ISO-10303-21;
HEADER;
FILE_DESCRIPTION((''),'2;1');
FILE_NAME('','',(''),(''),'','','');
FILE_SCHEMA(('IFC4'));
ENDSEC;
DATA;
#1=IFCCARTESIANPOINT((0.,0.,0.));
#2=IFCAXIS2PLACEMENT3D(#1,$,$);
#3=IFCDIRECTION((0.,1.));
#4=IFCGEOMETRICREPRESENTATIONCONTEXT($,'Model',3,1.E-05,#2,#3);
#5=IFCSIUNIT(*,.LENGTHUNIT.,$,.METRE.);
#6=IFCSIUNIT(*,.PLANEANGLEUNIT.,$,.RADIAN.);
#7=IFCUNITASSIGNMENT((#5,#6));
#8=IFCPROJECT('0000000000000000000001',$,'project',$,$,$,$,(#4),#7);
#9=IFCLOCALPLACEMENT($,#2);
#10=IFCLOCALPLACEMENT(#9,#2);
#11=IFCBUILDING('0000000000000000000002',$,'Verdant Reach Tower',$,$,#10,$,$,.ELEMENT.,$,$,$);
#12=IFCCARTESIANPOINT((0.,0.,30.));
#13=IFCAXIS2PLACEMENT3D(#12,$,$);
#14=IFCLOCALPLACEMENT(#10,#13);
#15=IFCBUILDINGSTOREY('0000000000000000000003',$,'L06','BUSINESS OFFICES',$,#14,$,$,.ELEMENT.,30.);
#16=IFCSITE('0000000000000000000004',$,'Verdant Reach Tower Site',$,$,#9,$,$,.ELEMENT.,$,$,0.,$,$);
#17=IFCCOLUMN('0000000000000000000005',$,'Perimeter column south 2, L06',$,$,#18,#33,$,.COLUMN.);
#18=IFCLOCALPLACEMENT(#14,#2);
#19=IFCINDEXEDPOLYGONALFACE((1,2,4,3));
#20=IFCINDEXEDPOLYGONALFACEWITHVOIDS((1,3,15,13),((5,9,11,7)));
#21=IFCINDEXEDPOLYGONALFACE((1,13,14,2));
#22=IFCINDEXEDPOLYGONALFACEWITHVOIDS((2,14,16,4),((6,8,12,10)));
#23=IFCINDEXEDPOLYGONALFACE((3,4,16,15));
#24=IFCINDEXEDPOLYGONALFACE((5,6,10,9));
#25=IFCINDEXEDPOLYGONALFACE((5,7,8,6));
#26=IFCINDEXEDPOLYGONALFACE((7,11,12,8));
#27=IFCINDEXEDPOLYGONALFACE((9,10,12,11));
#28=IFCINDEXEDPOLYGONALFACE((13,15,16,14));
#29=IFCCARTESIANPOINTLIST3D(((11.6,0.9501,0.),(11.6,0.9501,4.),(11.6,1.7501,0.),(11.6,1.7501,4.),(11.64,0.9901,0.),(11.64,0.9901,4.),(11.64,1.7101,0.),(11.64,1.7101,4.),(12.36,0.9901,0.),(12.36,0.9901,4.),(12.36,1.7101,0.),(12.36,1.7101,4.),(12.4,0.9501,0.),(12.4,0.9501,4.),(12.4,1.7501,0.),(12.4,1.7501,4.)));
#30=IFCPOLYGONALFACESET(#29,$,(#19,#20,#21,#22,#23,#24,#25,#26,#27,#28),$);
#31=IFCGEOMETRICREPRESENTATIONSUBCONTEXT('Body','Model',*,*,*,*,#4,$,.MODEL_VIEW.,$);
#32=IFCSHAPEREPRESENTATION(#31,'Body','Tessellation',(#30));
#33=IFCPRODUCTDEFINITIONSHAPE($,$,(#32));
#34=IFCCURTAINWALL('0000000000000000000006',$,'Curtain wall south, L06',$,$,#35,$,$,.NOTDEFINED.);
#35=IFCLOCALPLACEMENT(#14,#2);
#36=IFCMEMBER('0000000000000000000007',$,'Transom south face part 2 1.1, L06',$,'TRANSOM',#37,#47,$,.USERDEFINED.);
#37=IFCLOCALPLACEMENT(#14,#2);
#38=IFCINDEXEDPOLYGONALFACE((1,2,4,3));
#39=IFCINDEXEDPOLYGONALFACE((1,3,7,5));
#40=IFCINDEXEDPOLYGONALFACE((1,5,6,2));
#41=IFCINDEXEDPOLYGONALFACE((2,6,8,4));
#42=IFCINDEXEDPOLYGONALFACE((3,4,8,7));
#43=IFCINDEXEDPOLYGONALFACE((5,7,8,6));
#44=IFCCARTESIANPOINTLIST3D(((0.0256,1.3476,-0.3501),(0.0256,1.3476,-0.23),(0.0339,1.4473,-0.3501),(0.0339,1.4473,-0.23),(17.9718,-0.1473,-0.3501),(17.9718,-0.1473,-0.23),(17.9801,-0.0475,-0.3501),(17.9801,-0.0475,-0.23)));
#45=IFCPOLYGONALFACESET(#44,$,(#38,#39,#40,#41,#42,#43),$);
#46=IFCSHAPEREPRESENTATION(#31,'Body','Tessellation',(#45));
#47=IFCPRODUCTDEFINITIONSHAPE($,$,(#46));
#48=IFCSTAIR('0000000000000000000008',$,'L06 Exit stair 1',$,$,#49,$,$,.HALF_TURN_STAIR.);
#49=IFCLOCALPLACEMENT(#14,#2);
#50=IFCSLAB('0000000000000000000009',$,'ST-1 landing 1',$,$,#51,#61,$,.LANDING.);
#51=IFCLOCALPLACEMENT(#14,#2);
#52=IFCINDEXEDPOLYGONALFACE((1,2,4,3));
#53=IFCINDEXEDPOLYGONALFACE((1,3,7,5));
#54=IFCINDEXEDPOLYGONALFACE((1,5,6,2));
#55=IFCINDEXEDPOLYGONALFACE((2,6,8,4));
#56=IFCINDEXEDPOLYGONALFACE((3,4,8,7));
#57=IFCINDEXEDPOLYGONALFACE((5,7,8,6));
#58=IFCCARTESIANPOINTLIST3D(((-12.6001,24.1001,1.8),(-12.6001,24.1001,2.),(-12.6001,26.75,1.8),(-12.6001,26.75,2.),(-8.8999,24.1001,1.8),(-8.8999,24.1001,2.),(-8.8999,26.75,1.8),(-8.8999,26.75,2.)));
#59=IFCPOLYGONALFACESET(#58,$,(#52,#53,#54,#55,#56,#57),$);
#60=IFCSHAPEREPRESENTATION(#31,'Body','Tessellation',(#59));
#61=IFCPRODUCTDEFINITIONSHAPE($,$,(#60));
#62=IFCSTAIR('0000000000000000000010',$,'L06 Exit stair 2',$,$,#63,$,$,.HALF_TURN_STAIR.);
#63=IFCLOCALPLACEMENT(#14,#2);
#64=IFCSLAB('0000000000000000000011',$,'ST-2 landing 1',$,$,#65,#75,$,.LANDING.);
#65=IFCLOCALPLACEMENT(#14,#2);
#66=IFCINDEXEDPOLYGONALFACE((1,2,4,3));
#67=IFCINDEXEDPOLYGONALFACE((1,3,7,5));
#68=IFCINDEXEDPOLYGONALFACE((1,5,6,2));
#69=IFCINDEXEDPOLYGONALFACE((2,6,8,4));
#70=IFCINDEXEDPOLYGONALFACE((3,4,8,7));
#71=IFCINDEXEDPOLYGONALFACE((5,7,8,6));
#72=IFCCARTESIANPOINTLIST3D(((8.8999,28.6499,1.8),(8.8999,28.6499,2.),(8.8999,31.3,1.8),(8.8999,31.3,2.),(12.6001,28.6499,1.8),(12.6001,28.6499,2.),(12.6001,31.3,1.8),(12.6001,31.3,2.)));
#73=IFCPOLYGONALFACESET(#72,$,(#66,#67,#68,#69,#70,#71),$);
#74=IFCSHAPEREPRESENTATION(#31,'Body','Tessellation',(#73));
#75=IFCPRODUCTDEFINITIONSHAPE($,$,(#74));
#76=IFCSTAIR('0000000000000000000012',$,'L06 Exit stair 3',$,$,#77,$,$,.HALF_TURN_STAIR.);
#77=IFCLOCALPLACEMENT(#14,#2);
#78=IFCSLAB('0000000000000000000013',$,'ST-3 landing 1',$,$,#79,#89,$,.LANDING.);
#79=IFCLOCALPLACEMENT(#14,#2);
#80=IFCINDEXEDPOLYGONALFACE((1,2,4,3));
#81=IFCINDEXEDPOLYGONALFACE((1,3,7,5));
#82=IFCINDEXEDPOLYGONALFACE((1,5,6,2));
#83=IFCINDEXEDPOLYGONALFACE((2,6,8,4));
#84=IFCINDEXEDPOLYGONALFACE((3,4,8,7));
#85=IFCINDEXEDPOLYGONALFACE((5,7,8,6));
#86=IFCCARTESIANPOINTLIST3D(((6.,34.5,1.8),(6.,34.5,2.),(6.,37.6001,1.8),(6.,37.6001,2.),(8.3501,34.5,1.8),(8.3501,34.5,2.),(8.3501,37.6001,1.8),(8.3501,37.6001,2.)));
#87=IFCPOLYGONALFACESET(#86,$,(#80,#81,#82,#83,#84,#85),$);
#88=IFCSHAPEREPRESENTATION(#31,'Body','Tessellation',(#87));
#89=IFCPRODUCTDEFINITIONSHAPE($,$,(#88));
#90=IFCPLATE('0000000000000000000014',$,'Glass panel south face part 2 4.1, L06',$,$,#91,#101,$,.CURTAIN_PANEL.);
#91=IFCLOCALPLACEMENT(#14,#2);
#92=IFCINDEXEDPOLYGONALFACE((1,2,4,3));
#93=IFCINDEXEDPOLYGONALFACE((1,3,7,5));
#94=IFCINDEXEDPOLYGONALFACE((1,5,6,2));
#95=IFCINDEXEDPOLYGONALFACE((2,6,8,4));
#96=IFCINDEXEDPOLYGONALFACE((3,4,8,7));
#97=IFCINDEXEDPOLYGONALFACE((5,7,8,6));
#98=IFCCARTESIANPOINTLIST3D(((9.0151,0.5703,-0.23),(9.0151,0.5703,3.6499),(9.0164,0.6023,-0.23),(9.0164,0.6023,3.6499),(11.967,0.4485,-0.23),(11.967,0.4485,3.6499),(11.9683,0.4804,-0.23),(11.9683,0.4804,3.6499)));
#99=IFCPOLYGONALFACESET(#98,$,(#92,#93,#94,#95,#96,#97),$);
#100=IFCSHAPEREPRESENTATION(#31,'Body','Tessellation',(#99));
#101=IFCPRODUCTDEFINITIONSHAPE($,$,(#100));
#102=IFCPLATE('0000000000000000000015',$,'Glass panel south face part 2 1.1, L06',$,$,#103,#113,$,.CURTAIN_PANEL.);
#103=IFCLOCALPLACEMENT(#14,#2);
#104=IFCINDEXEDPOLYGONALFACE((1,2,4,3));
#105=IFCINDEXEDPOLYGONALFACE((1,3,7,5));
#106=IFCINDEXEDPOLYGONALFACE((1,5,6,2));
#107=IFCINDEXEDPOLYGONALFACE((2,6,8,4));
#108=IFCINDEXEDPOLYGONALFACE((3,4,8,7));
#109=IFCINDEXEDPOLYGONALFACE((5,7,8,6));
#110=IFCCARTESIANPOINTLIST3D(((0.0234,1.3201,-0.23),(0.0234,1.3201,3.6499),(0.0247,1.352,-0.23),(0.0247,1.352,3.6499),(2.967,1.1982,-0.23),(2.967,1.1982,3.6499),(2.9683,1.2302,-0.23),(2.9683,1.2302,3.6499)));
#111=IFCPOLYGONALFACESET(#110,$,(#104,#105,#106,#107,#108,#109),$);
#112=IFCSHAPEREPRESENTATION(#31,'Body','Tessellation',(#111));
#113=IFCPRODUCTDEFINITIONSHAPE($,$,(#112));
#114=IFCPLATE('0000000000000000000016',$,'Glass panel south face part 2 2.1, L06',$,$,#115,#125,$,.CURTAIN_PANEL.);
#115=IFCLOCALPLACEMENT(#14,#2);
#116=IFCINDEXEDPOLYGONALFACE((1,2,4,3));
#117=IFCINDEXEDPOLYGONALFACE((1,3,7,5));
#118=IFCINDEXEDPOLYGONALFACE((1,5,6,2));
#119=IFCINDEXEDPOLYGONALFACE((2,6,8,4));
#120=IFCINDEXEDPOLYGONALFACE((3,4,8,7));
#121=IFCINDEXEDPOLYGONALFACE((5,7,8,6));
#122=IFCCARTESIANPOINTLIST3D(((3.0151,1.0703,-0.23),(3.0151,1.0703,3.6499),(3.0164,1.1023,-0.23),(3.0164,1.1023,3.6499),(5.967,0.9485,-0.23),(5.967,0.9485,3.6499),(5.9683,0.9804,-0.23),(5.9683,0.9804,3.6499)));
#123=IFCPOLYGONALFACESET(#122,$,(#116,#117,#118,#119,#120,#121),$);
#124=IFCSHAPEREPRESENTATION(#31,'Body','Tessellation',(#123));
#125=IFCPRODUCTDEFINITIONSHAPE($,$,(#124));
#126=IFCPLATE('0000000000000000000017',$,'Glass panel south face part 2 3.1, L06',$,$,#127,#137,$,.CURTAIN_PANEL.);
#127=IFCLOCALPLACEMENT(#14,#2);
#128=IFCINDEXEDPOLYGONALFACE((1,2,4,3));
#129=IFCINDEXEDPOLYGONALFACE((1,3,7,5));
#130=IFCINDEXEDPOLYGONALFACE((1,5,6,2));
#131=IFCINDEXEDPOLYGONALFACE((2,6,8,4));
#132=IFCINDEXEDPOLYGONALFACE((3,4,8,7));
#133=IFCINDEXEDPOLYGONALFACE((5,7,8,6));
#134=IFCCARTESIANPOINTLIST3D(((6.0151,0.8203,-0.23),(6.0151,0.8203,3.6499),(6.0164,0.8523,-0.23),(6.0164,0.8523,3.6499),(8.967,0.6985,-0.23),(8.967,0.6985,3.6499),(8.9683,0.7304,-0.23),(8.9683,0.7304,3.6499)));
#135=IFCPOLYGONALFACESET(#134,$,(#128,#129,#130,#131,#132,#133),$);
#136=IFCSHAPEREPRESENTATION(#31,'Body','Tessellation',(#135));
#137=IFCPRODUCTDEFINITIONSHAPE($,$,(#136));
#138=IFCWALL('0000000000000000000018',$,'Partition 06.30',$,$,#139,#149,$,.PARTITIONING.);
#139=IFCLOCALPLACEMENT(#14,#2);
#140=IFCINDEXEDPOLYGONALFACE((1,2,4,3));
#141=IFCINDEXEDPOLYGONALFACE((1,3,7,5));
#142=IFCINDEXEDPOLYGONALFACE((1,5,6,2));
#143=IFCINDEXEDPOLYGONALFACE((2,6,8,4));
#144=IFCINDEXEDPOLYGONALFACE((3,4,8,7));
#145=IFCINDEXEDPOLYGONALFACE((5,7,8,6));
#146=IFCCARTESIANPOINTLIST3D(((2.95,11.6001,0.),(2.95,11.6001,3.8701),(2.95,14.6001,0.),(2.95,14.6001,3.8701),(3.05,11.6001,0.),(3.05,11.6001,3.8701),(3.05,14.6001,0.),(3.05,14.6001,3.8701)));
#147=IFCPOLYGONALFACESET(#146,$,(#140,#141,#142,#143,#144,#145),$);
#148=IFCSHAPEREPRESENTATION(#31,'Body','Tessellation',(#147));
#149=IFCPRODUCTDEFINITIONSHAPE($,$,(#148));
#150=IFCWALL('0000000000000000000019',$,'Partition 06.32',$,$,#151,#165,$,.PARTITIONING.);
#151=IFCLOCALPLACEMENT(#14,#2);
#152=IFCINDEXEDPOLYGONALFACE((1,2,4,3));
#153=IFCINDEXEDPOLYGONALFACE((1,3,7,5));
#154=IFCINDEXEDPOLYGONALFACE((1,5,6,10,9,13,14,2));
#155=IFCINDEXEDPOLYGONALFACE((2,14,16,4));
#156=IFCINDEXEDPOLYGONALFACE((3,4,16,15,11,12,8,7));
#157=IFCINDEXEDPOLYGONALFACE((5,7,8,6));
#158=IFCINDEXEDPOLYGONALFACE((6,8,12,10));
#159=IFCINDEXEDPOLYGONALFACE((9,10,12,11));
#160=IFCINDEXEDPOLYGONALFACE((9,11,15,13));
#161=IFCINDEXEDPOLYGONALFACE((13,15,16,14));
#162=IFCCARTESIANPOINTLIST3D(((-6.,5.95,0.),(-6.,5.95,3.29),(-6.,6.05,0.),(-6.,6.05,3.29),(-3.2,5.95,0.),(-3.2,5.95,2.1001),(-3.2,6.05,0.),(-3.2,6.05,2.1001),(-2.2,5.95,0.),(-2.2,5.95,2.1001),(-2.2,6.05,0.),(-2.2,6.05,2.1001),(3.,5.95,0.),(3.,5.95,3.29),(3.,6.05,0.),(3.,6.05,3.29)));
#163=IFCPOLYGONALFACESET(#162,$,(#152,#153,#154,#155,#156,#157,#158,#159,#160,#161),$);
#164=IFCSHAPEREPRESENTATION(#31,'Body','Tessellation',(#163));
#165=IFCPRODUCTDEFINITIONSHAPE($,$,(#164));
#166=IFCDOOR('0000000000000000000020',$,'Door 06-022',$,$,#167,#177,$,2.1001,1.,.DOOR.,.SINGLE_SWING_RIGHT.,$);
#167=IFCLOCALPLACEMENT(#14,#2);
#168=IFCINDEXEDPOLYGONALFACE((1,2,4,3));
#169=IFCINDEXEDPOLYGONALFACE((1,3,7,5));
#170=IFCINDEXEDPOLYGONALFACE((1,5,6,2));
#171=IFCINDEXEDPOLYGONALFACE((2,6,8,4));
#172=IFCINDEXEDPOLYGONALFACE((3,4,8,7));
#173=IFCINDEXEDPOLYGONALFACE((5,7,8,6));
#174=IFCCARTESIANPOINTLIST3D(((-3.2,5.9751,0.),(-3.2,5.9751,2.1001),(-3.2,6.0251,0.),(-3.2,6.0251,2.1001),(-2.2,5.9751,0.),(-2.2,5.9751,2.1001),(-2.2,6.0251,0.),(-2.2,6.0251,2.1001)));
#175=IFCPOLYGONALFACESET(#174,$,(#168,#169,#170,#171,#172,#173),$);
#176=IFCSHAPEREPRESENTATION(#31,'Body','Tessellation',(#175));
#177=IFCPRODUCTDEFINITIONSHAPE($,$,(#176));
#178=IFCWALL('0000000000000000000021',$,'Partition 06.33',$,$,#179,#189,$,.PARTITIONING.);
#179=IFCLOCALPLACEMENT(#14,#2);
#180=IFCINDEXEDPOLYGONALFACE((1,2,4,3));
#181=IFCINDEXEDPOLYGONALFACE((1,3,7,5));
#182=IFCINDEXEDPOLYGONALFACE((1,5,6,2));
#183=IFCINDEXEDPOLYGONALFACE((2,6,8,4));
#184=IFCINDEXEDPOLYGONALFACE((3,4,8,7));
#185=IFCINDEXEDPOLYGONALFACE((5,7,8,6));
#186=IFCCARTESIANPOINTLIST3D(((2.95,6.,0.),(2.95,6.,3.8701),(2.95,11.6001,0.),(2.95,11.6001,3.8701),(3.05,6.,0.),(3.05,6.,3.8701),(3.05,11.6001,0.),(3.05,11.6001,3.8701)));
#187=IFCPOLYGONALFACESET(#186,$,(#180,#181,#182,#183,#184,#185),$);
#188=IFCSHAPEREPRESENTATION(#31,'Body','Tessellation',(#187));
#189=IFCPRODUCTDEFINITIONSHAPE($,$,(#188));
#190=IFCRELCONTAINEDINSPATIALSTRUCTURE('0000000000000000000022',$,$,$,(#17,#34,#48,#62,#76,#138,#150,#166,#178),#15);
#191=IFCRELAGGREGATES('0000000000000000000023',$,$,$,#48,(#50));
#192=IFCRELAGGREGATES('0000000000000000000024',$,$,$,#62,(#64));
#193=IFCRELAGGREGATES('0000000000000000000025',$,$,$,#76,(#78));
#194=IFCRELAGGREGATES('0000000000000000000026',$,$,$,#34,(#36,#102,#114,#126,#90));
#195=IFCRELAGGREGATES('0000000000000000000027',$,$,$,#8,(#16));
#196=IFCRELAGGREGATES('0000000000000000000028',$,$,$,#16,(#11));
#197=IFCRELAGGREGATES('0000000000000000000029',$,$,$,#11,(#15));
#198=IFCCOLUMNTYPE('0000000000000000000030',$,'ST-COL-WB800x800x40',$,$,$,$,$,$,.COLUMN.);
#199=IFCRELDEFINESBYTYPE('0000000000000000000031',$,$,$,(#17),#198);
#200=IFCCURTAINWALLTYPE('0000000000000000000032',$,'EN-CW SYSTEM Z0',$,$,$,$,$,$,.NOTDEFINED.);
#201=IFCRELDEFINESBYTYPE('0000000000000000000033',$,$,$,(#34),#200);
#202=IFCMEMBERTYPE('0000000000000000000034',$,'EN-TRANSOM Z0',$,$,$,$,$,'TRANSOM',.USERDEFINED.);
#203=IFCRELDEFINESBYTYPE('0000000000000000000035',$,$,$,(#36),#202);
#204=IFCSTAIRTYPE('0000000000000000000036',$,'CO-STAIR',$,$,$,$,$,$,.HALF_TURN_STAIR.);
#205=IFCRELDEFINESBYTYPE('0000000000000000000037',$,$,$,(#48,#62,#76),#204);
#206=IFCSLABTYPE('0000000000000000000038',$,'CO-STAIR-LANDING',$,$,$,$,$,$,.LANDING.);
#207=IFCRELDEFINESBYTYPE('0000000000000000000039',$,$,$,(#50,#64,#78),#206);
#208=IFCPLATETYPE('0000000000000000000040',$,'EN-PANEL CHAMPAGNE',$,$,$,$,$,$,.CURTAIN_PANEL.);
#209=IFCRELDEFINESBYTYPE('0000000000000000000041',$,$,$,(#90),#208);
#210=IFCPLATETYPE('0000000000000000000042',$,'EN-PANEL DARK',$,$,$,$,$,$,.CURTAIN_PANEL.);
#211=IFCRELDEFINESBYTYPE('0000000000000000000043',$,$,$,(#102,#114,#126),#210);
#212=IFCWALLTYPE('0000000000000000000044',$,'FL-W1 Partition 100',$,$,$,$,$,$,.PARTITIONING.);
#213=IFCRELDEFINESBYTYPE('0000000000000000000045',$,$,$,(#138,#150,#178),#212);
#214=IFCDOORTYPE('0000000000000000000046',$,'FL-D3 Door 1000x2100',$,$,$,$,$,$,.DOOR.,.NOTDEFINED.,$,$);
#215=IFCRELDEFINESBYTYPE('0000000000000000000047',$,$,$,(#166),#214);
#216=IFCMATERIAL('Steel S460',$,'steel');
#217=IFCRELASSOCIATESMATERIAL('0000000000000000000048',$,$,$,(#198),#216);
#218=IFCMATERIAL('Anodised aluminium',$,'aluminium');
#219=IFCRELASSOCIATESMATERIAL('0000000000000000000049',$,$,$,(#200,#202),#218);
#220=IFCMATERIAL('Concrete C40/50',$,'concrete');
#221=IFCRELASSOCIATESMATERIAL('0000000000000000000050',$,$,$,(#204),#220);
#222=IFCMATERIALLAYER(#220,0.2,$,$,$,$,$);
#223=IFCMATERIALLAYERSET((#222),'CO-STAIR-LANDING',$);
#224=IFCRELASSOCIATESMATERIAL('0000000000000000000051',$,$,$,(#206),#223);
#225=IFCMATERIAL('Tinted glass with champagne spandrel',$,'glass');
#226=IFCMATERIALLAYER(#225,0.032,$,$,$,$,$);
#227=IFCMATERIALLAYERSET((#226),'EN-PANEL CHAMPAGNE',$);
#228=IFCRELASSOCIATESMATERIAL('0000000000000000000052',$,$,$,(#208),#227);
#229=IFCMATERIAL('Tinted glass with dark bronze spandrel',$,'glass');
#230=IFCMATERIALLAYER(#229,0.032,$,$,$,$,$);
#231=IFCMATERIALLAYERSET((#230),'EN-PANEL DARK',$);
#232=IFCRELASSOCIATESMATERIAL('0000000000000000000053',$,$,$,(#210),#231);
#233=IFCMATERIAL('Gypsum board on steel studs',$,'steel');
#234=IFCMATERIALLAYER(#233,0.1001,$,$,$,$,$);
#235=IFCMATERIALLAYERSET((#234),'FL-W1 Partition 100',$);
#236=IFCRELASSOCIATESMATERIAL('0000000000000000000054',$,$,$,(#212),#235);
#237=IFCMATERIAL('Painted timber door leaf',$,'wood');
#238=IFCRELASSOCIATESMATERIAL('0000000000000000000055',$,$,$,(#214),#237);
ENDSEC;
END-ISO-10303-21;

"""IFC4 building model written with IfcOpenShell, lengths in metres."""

from ifc_helpers import new_model, si_unit, direction, frame, frame_2d, origin, origin_2d, place, context, subcontext, project, spatial, polyline, rectangle, hollow_rectangle, outline, extrude, material, layer, layer_set, material_profile, profile_set, type_object, element, fill, aggregate, save


model = new_model("IFC4")

# Units and contexts
model_context = context("Model", 3, precision=1e-05, world=origin(), true_north=direction((0.0, 1.0)))
body_context = subcontext(model_context, "Body", "Model", "MODEL_VIEW")
ifc_project = project(units=[si_unit("LENGTHUNIT", "METRE"), si_unit("PLANEANGLEUNIT", "RADIAN")], contexts=[model_context])

# Site, building, storey
site_placement = place(None, origin())
site = spatial("IfcSite", under=ifc_project, at=site_placement, Name="Verdant Reach Tower Site", CompositionType="ELEMENT", RefElevation=0.0)
building_placement = place(site_placement, origin())
building = spatial("IfcBuilding", under=site, at=building_placement, Name="Verdant Reach Tower", CompositionType="ELEMENT")
storey_placement = place(building_placement, frame((0.0, 0.0, 30.0)))
storey = spatial("IfcBuildingStorey", under=building, at=storey_placement, Name="L06", Description="BUSINESS OFFICES", CompositionType="ELEMENT", Elevation=30.0)

# Column
ifc_material_1 = material(Name="Steel S460", Category="steel")
ifc_material_profile_1 = material_profile(ifc_material_1, hollow_rectangle(XDim=0.8, YDim=0.8, WallThickness=0.04, at=origin_2d()), Name="WB 800x800x40")
ifc_profile_set_1 = profile_set([ifc_material_profile_1], Name="Steel S460")
column_type = type_object("IfcColumnType", Name="ST-COL-WB800x800x40", PredefinedType="COLUMN", material=ifc_profile_set_1)
column_placement = place(storey_placement, frame((12.0, 1.3501, 0.0), z_axis=(0.0, 0.0, 1.0), x_axis=(1.0, 0.0, 0.0)))
element("IfcColumn", 1, at=column_placement, inside=storey, type_object=column_type, Name="Perimeter column south 2, L06", PredefinedType="COLUMN", context=body_context, shape_type="SweptSolid", body=[
    extrude(hollow_rectangle(XDim=0.8, YDim=0.8, WallThickness=0.04, at=origin_2d()), origin(), (0.0, 0.0, 1.0), 4.0),
])

# Curtain wall, member
ifc_material_2 = material(Name="Anodised aluminium", Category="aluminium")
curtain_wall_type = type_object("IfcCurtainWallType", Name="EN-CW SYSTEM Z0", PredefinedType="NOTDEFINED", material=ifc_material_2)
curtain_wall_placement = place(storey_placement, origin())
curtain_wall = element("IfcCurtainWall", 2, at=curtain_wall_placement, inside=storey, type_object=curtain_wall_type, Name="Curtain wall south, L06", PredefinedType="NOTDEFINED")
ifc_material_profile_2 = material_profile(ifc_material_2, rectangle(XDim=0.1001, YDim=0.1201, at=origin_2d()), Name="Transom 120x100")
ifc_profile_set_2 = profile_set([ifc_material_profile_2], Name="Anodised aluminium")
member_type = type_object("IfcMemberType", Name="EN-TRANSOM Z0", ElementType="TRANSOM", PredefinedType="USERDEFINED", material=ifc_profile_set_2)
member_placement = place(storey_placement, frame((0.0298, 1.3975, -0.29), z_axis=(0.996549, -0.083011, 0.0), x_axis=(0.083011, 0.996549, 0.0)))
member = element("IfcMember", 3, at=member_placement, type_object=member_type, Name="Transom south face part 2 1.1, L06", ObjectType="TRANSOM", PredefinedType="USERDEFINED", context=body_context, shape_type="SweptSolid", body=[
    extrude(rectangle(XDim=0.1001, YDim=0.1201, at=origin_2d()), origin(), (0.0, 0.0, 1.0), 18.0083),
])

# Stairs, slabs
ifc_material_3 = material(Name="Concrete C40/50", Category="concrete")
stair_type = type_object("IfcStairType", Name="CO-STAIR", PredefinedType="HALF_TURN_STAIR", material=ifc_material_3)
stair_1_placement = place(storey_placement, origin())
stair_1 = element("IfcStair", 4, at=stair_1_placement, inside=storey, type_object=stair_type, Name="L06 Exit stair 1", PredefinedType="HALF_TURN_STAIR")
ifc_layer_1 = layer(ifc_material_3, 0.2)
ifc_layer_set_1 = layer_set([ifc_layer_1], Name="CO-STAIR-LANDING")
slab_type = type_object("IfcSlabType", Name="CO-STAIR-LANDING", PredefinedType="LANDING", material=ifc_layer_set_1)
slab_1_placement = place(storey_placement, frame((0.0, 0.0, 1.8)))
slab_1 = element("IfcSlab", 5, at=slab_1_placement, type_object=slab_type, Name="ST-1 landing 1", PredefinedType="LANDING", context=body_context, shape_type="SweptSolid", body=[
    extrude(outline(polyline([(-12.6001, 26.75), (-12.6001, 24.1001), (-8.8999, 24.1001), (-8.8999, 26.75), (-12.6001, 26.75)])), origin(), (0.0, 0.0, 1.0), 0.2),
])
aggregate(stair_1, [slab_1])
stair_2_placement = place(storey_placement, origin())
stair_2 = element("IfcStair", 6, at=stair_2_placement, inside=storey, type_object=stair_type, Name="L06 Exit stair 2", PredefinedType="HALF_TURN_STAIR")
slab_2_placement = place(storey_placement, frame((0.0, 0.0, 1.8)))
slab_2 = element("IfcSlab", 7, at=slab_2_placement, type_object=slab_type, Name="ST-2 landing 1", PredefinedType="LANDING", context=body_context, shape_type="SweptSolid", body=[
    extrude(outline(polyline([(12.6001, 28.6499), (12.6001, 31.3), (8.8999, 31.3), (8.8999, 28.6499), (12.6001, 28.6499)])), origin(), (0.0, 0.0, 1.0), 0.2),
])
aggregate(stair_2, [slab_2])
stair_3_placement = place(storey_placement, origin())
stair_3 = element("IfcStair", 8, at=stair_3_placement, inside=storey, type_object=stair_type, Name="L06 Exit stair 3", PredefinedType="HALF_TURN_STAIR")
slab_3_placement = place(storey_placement, frame((0.0, 0.0, 1.8)))
slab_3 = element("IfcSlab", 9, at=slab_3_placement, type_object=slab_type, Name="ST-3 landing 1", PredefinedType="LANDING", context=body_context, shape_type="SweptSolid", body=[
    extrude(outline(polyline([(8.3501, 37.6001), (6.0, 37.6001), (6.0, 34.5), (8.3501, 34.5), (8.3501, 37.6001)])), origin(), (0.0, 0.0, 1.0), 0.2),
])
aggregate(stair_3, [slab_3])

# Plates
ifc_material_4 = material(Name="Tinted glass with champagne spandrel", Category="glass")
ifc_layer_2 = layer(ifc_material_4, 0.032)
ifc_layer_set_2 = layer_set([ifc_layer_2], Name="EN-PANEL CHAMPAGNE")
plate_type_1 = type_object("IfcPlateType", Name="EN-PANEL CHAMPAGNE", PredefinedType="CURTAIN_PANEL", material=ifc_layer_set_2)
plate_1_placement = place(storey_placement, frame((10.4917, 0.5254, -0.23), z_axis=(0.0, 0.0, 1.0), x_axis=(0.999149, -0.041242, 0.0)))
plate_1 = element("IfcPlate", 10, at=plate_1_placement, type_object=plate_type_1, Name="Glass panel south face part 2 4.1, L06", PredefinedType="CURTAIN_PANEL", context=body_context, shape_type="SweptSolid", body=[
    extrude(rectangle(XDim=2.9543, YDim=0.032, at=origin_2d()), origin(), (0.0, 0.0, 1.0), 3.8799),
])
ifc_material_5 = material(Name="Tinted glass with dark bronze spandrel", Category="glass")
ifc_layer_3 = layer(ifc_material_5, 0.032)
ifc_layer_set_3 = layer_set([ifc_layer_3], Name="EN-PANEL DARK")
plate_type_2 = type_object("IfcPlateType", Name="EN-PANEL DARK", PredefinedType="CURTAIN_PANEL", material=ifc_layer_set_3)
plate_2_placement = place(storey_placement, frame((1.4958, 1.2751, -0.23), z_axis=(0.0, 0.0, 1.0), x_axis=(0.999144, -0.041357, 0.0)))
plate_2 = element("IfcPlate", 11, at=plate_2_placement, type_object=plate_type_2, Name="Glass panel south face part 2 1.1, L06", PredefinedType="CURTAIN_PANEL", context=body_context, shape_type="SweptSolid", body=[
    extrude(rectangle(XDim=2.946, YDim=0.032, at=origin_2d()), origin(), (0.0, 0.0, 1.0), 3.8799),
])
plate_3_placement = place(storey_placement, frame((4.4917, 1.0254, -0.23), z_axis=(0.0, 0.0, 1.0), x_axis=(0.999149, -0.041242, 0.0)))
plate_3 = element("IfcPlate", 12, at=plate_3_placement, type_object=plate_type_2, Name="Glass panel south face part 2 2.1, L06", PredefinedType="CURTAIN_PANEL", context=body_context, shape_type="SweptSolid", body=[
    extrude(rectangle(XDim=2.9543, YDim=0.032, at=origin_2d()), origin(), (0.0, 0.0, 1.0), 3.8799),
])
plate_4_placement = place(storey_placement, frame((7.4917, 0.7754, -0.23), z_axis=(0.0, 0.0, 1.0), x_axis=(0.999149, -0.041242, 0.0)))
plate_4 = element("IfcPlate", 13, at=plate_4_placement, type_object=plate_type_2, Name="Glass panel south face part 2 3.1, L06", PredefinedType="CURTAIN_PANEL", context=body_context, shape_type="SweptSolid", body=[
    extrude(rectangle(XDim=2.9543, YDim=0.032, at=origin_2d()), origin(), (0.0, 0.0, 1.0), 3.8799),
])
aggregate(curtain_wall, [member, plate_2, plate_3, plate_4, plate_1])

# Wall
ifc_material_6 = material(Name="Gypsum board on steel studs", Category="steel")
ifc_layer_4 = layer(ifc_material_6, 0.1001)
ifc_layer_set_4 = layer_set([ifc_layer_4], Name="FL-W1 Partition 100")
wall_type = type_object("IfcWallType", Name="FL-W1 Partition 100", PredefinedType="PARTITIONING", material=ifc_layer_set_4)
wall_1_placement = place(storey_placement, frame((3.0, 11.6001, 0.0), z_axis=(0.0, 0.0, 1.0), x_axis=(0.0, 1.0, 0.0)))
element("IfcWall", 14, at=wall_1_placement, inside=storey, type_object=wall_type, Name="Partition 06.30", PredefinedType="PARTITIONING", context=body_context, shape_type="SweptSolid", body=[
    extrude(rectangle(XDim=3.0, YDim=0.1001, at=frame_2d((1.5, 0.0))), origin(), (0.0, 0.0, 1.0), 3.8701),
])

# Wall, opening, door
wall_2_placement = place(storey_placement, frame((3.0, 6.0, 0.0), z_axis=(0.0, 0.0, 1.0), x_axis=(-1.0, 0.0, 0.0)))
wall_2 = element("IfcWall", 15, at=wall_2_placement, inside=storey, type_object=wall_type, Name="Partition 06.32", PredefinedType="PARTITIONING", context=body_context, shape_type="SweptSolid", body=[
    extrude(rectangle(XDim=9.0, YDim=0.1001, at=frame_2d((4.5, 0.0))), origin(), (0.0, 0.0, 1.0), 3.29),
])
opening_1_placement = place(wall_2_placement, frame((5.2, 0.0, 0.0)))
opening_1 = element("IfcOpeningElement", 16, at=opening_1_placement, cuts=wall_2, PredefinedType="OPENING", context=body_context, shape_type="SweptSolid", body=[
    extrude(rectangle(XDim=1.0, YDim=2.1001, at=frame_2d((0.5, 1.05))), frame((0.0, 0.0601, 0.0), z_axis=(0.0, -1.0, 0.0), x_axis=(1.0, 0.0, 0.0)), (0.0, 0.0, 1.0), 0.1201),
])
ifc_material_7 = material(Name="Painted timber door leaf", Category="wood")
door_type = type_object("IfcDoorType", Name="FL-D3 Door 1000x2100", OperationType="NOTDEFINED", PredefinedType="DOOR", material=ifc_material_7)
door_1_placement = place(opening_1_placement, origin())
door_1 = element("IfcDoor", 17, at=door_1_placement, inside=storey, type_object=door_type, Name="Door 06-022", OperationType="SINGLE_SWING_RIGHT", OverallHeight=2.1001, OverallWidth=1.0, PredefinedType="DOOR", context=body_context, shape_type="SweptSolid", body=[
    extrude(rectangle(XDim=1.0, YDim=2.1001, at=frame_2d((0.5, 1.05))), frame((0.0, 0.0249, 0.0), z_axis=(0.0, -1.0, 0.0), x_axis=(1.0, 0.0, 0.0)), (0.0, 0.0, 1.0), 0.05),
])
fill(opening_1, door_1)

# Wall
wall_3_placement = place(storey_placement, frame((3.0, 6.0, 0.0), z_axis=(0.0, 0.0, 1.0), x_axis=(0.0, 1.0, 0.0)))
element("IfcWall", 18, at=wall_3_placement, inside=storey, type_object=wall_type, Name="Partition 06.33", PredefinedType="PARTITIONING", context=body_context, shape_type="SweptSolid", body=[
    extrude(rectangle(XDim=5.6001, YDim=0.1001, at=frame_2d((2.8, 0.0))), origin(), (0.0, 0.0, 1.0), 3.8701),
])

save(model, "model.ifc")
